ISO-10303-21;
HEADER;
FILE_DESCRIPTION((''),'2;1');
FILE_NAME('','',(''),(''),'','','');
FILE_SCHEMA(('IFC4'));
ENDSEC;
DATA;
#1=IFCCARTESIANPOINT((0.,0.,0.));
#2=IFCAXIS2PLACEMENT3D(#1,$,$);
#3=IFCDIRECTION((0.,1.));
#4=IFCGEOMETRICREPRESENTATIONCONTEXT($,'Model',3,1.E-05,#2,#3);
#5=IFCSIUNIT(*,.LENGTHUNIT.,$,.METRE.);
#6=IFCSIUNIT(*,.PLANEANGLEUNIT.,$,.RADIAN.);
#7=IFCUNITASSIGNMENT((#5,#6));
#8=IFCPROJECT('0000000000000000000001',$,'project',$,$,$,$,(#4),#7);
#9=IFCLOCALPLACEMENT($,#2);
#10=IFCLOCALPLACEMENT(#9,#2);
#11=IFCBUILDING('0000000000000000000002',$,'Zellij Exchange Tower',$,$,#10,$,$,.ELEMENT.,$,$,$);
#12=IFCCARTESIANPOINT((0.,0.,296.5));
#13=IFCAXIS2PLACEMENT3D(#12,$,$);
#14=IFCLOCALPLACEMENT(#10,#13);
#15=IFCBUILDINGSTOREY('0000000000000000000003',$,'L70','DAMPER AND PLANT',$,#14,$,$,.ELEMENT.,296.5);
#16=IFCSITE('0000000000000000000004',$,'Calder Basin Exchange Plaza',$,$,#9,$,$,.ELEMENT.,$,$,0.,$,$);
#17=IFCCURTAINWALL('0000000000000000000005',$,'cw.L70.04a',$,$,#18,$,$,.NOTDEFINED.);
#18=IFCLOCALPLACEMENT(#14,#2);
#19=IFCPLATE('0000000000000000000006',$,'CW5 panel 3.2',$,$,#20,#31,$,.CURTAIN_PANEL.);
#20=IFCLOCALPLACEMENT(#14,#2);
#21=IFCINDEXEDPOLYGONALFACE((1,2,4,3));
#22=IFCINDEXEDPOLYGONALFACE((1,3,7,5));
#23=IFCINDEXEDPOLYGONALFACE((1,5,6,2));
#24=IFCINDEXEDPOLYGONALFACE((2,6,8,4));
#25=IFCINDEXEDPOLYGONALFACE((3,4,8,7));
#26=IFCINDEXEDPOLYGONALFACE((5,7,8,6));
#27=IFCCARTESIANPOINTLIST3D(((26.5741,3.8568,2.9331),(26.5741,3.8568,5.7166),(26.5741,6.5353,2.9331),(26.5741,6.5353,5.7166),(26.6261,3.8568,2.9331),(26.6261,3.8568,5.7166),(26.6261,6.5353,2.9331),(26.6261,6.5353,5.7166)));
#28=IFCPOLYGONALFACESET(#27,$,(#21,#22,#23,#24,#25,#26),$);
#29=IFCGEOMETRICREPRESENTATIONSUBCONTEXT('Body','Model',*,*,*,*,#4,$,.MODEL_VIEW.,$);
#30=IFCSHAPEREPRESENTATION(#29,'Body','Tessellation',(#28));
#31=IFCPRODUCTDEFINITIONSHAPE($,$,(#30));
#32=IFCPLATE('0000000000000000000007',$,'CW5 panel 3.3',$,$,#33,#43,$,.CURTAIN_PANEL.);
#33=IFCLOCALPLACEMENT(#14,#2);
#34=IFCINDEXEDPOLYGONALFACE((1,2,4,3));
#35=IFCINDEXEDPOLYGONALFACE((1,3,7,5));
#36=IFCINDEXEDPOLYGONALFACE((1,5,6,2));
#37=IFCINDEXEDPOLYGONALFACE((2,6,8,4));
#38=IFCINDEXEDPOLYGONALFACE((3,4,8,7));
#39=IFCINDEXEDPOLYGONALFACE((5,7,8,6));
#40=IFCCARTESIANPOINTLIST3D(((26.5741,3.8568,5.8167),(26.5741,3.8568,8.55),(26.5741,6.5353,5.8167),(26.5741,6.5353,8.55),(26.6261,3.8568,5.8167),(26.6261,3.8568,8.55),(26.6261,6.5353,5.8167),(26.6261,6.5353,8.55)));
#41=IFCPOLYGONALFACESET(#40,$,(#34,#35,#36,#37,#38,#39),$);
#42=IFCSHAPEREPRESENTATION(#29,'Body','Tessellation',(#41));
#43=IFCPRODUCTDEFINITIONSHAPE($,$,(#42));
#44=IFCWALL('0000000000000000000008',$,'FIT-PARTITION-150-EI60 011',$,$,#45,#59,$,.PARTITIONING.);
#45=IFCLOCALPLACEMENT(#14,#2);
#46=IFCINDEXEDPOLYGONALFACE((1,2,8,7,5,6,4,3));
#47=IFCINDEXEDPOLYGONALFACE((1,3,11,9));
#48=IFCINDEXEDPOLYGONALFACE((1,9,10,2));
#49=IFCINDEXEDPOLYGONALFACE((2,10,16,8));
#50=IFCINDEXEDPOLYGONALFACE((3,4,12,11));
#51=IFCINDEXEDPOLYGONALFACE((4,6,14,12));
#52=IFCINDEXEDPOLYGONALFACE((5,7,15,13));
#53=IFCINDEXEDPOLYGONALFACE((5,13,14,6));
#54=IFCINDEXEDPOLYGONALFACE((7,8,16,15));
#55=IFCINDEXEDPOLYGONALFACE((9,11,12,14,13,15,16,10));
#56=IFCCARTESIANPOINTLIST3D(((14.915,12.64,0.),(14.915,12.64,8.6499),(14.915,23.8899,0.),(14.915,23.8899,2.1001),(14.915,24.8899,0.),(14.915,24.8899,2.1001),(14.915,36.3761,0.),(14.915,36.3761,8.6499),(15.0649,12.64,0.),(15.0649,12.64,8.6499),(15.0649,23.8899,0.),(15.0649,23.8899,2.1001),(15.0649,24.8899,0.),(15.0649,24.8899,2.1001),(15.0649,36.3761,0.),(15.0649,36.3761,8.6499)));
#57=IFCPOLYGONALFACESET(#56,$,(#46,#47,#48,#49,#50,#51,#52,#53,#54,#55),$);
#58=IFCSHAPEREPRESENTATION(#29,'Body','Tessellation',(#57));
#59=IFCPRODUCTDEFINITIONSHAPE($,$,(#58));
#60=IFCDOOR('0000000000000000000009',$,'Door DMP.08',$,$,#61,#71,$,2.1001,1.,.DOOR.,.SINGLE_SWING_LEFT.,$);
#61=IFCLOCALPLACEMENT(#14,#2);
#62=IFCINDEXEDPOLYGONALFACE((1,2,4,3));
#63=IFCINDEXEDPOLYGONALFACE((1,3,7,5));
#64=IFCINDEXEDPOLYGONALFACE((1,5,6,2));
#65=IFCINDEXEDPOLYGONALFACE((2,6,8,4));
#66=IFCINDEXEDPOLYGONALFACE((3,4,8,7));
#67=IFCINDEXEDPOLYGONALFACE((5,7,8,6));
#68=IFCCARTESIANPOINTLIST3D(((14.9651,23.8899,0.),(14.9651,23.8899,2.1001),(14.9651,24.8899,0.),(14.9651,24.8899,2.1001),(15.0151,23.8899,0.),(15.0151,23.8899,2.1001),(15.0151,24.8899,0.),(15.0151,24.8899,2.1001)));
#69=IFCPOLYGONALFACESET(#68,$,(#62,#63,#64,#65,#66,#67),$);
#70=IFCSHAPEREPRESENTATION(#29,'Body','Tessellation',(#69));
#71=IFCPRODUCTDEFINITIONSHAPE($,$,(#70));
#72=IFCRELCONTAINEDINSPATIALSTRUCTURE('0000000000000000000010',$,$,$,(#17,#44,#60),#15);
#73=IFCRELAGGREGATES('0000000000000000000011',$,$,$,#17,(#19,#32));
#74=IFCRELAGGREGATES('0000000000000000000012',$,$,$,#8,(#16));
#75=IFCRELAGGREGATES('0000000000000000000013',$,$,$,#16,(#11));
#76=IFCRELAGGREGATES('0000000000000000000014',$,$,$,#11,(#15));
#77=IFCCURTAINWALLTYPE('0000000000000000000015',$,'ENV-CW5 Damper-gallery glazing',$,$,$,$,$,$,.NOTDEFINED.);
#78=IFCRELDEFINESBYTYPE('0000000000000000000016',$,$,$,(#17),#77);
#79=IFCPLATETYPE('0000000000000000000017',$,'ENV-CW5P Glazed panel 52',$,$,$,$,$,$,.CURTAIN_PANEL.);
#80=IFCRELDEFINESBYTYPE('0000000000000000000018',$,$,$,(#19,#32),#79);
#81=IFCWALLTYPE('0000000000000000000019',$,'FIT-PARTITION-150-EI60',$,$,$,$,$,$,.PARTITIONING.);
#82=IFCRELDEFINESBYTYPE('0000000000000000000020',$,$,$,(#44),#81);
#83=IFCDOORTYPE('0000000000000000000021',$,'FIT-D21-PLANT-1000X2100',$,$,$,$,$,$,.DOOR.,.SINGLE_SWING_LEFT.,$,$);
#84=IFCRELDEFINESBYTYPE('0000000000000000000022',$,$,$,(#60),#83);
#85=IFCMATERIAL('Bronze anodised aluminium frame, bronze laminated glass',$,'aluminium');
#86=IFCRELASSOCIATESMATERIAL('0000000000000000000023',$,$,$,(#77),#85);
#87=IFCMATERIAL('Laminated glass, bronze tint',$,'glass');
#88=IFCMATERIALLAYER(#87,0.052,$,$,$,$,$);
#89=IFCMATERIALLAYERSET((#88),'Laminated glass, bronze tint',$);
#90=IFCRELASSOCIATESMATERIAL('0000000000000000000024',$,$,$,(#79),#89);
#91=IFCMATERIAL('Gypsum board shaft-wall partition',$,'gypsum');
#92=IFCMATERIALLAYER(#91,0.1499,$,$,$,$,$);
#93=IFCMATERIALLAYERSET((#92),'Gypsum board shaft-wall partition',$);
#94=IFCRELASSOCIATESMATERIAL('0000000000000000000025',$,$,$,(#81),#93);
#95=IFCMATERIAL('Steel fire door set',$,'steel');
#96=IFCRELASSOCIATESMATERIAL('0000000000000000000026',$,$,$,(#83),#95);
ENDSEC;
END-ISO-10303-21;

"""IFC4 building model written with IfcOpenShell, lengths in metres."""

from ifc_helpers import new_model, si_unit, direction, frame, frame_2d, origin, origin_2d, place, context, subcontext, project, spatial, rectangle, extrude, material, layer, layer_set, type_object, element, fill, aggregate, save


model = new_model("IFC4")

# Units and contexts
model_context = context("Model", 3, precision=1e-05, world=origin(), true_north=direction((0.0, 1.0)))
body_context = subcontext(model_context, "Body", "Model", "MODEL_VIEW")
ifc_project = project(units=[si_unit("LENGTHUNIT", "METRE"), si_unit("PLANEANGLEUNIT", "RADIAN")], contexts=[model_context])

# Site, building, storey
site_placement = place(None, origin())
site = spatial("IfcSite", under=ifc_project, at=site_placement, Name="Calder Basin Exchange Plaza", CompositionType="ELEMENT", RefElevation=0.0)
building_placement = place(site_placement, origin())
building = spatial("IfcBuilding", under=site, at=building_placement, Name="Zellij Exchange Tower", CompositionType="ELEMENT")
storey_placement = place(building_placement, frame((0.0, 0.0, 296.5)))
storey = spatial("IfcBuildingStorey", under=building, at=storey_placement, Name="L70", Description="DAMPER AND PLANT", CompositionType="ELEMENT", Elevation=296.5)

# Curtain wall
ifc_material_1 = material(Name="Bronze anodised aluminium frame, bronze laminated glass", Category="aluminium")
curtain_wall_type = type_object("IfcCurtainWallType", Name="ENV-CW5 Damper-gallery glazing", PredefinedType="NOTDEFINED", material=ifc_material_1)
curtain_wall_placement = place(storey_placement, origin())
curtain_wall = element("IfcCurtainWall", 1, at=curtain_wall_placement, inside=storey, type_object=curtain_wall_type, Name="cw.L70.04a", PredefinedType="NOTDEFINED")

# Plates
ifc_material_2 = material(Name="Laminated glass, bronze tint", Category="glass")
ifc_layer_1 = layer(ifc_material_2, 0.052)
ifc_layer_set_1 = layer_set([ifc_layer_1], Name="Laminated glass, bronze tint")
plate_type = type_object("IfcPlateType", Name="ENV-CW5P Glazed panel 52", PredefinedType="CURTAIN_PANEL", material=ifc_layer_set_1)
plate_1_placement = place(storey_placement, frame((26.6001, 5.196, 2.9331), z_axis=(0.0, 0.0, 1.0), x_axis=(0.0, 1.0, 0.0)))
plate_1 = element("IfcPlate", 2, at=plate_1_placement, type_object=plate_type, Name="CW5 panel 3.2", PredefinedType="CURTAIN_PANEL", context=body_context, shape_type="SweptSolid", body=[
    extrude(rectangle(XDim=2.6785, YDim=0.052, at=origin_2d()), origin(), (0.0, 0.0, 1.0), 2.7834),
])
plate_2_placement = place(storey_placement, frame((26.6001, 5.196, 5.8167), z_axis=(0.0, 0.0, 1.0), x_axis=(0.0, 1.0, 0.0)))
plate_2 = element("IfcPlate", 3, at=plate_2_placement, type_object=plate_type, Name="CW5 panel 3.3", PredefinedType="CURTAIN_PANEL", context=body_context, shape_type="SweptSolid", body=[
    extrude(rectangle(XDim=2.6785, YDim=0.052, at=origin_2d()), origin(), (0.0, 0.0, 1.0), 2.7334),
])
aggregate(curtain_wall, [plate_1, plate_2])

# Wall, opening, door
ifc_material_3 = material(Name="Gypsum board shaft-wall partition", Category="gypsum")
ifc_layer_2 = layer(ifc_material_3, 0.1499)
ifc_layer_set_2 = layer_set([ifc_layer_2], Name="Gypsum board shaft-wall partition")
wall_type = type_object("IfcWallType", Name="FIT-PARTITION-150-EI60", PredefinedType="PARTITIONING", material=ifc_layer_set_2)
wall_placement = place(storey_placement, frame((14.99, 12.6399, 0.0), z_axis=(0.0, 0.0, 1.0), x_axis=(0.0, 1.0, 0.0)))
wall = element("IfcWall", 4, at=wall_placement, inside=storey, type_object=wall_type, Name="FIT-PARTITION-150-EI60 011", PredefinedType="PARTITIONING", context=body_context, shape_type="SweptSolid", body=[
    extrude(rectangle(XDim=23.7361, YDim=0.1499, at=frame_2d((11.8682, 0.0))), origin(), (0.0, 0.0, 1.0), 8.6499),
])
opening_placement = place(wall_placement, frame((11.25, 0.0, 0.0)))
opening = element("IfcOpeningElement", 5, at=opening_placement, cuts=wall, PredefinedType="OPENING", context=body_context, shape_type="SweptSolid", body=[
    extrude(rectangle(XDim=1.0, YDim=2.1001, at=frame_2d((0.5, 1.05))), frame((0.0, 0.0869, 0.0), z_axis=(0.0, -1.0, 0.0), x_axis=(1.0, 0.0, 0.0)), (0.0, 0.0, 1.0), 0.1738),
])
ifc_material_4 = material(Name="Steel fire door set", Category="steel")
door_type = type_object("IfcDoorType", Name="FIT-D21-PLANT-1000X2100", OperationType="SINGLE_SWING_LEFT", PredefinedType="DOOR", material=ifc_material_4)
door_placement = place(opening_placement, origin())
door = element("IfcDoor", 6, at=door_placement, inside=storey, type_object=door_type, Name="Door DMP.08", OperationType="SINGLE_SWING_LEFT", OverallHeight=2.1001, OverallWidth=1.0, PredefinedType="DOOR", context=body_context, shape_type="SweptSolid", body=[
    extrude(rectangle(XDim=1.0, YDim=2.1001, at=frame_2d((0.5, 1.05))), frame((0.0, 0.0249, 0.0), z_axis=(0.0, -1.0, 0.0), x_axis=(1.0, 0.0, 0.0)), (0.0, 0.0, 1.0), 0.05),
])
fill(opening, door)

save(model, "model.ifc")
